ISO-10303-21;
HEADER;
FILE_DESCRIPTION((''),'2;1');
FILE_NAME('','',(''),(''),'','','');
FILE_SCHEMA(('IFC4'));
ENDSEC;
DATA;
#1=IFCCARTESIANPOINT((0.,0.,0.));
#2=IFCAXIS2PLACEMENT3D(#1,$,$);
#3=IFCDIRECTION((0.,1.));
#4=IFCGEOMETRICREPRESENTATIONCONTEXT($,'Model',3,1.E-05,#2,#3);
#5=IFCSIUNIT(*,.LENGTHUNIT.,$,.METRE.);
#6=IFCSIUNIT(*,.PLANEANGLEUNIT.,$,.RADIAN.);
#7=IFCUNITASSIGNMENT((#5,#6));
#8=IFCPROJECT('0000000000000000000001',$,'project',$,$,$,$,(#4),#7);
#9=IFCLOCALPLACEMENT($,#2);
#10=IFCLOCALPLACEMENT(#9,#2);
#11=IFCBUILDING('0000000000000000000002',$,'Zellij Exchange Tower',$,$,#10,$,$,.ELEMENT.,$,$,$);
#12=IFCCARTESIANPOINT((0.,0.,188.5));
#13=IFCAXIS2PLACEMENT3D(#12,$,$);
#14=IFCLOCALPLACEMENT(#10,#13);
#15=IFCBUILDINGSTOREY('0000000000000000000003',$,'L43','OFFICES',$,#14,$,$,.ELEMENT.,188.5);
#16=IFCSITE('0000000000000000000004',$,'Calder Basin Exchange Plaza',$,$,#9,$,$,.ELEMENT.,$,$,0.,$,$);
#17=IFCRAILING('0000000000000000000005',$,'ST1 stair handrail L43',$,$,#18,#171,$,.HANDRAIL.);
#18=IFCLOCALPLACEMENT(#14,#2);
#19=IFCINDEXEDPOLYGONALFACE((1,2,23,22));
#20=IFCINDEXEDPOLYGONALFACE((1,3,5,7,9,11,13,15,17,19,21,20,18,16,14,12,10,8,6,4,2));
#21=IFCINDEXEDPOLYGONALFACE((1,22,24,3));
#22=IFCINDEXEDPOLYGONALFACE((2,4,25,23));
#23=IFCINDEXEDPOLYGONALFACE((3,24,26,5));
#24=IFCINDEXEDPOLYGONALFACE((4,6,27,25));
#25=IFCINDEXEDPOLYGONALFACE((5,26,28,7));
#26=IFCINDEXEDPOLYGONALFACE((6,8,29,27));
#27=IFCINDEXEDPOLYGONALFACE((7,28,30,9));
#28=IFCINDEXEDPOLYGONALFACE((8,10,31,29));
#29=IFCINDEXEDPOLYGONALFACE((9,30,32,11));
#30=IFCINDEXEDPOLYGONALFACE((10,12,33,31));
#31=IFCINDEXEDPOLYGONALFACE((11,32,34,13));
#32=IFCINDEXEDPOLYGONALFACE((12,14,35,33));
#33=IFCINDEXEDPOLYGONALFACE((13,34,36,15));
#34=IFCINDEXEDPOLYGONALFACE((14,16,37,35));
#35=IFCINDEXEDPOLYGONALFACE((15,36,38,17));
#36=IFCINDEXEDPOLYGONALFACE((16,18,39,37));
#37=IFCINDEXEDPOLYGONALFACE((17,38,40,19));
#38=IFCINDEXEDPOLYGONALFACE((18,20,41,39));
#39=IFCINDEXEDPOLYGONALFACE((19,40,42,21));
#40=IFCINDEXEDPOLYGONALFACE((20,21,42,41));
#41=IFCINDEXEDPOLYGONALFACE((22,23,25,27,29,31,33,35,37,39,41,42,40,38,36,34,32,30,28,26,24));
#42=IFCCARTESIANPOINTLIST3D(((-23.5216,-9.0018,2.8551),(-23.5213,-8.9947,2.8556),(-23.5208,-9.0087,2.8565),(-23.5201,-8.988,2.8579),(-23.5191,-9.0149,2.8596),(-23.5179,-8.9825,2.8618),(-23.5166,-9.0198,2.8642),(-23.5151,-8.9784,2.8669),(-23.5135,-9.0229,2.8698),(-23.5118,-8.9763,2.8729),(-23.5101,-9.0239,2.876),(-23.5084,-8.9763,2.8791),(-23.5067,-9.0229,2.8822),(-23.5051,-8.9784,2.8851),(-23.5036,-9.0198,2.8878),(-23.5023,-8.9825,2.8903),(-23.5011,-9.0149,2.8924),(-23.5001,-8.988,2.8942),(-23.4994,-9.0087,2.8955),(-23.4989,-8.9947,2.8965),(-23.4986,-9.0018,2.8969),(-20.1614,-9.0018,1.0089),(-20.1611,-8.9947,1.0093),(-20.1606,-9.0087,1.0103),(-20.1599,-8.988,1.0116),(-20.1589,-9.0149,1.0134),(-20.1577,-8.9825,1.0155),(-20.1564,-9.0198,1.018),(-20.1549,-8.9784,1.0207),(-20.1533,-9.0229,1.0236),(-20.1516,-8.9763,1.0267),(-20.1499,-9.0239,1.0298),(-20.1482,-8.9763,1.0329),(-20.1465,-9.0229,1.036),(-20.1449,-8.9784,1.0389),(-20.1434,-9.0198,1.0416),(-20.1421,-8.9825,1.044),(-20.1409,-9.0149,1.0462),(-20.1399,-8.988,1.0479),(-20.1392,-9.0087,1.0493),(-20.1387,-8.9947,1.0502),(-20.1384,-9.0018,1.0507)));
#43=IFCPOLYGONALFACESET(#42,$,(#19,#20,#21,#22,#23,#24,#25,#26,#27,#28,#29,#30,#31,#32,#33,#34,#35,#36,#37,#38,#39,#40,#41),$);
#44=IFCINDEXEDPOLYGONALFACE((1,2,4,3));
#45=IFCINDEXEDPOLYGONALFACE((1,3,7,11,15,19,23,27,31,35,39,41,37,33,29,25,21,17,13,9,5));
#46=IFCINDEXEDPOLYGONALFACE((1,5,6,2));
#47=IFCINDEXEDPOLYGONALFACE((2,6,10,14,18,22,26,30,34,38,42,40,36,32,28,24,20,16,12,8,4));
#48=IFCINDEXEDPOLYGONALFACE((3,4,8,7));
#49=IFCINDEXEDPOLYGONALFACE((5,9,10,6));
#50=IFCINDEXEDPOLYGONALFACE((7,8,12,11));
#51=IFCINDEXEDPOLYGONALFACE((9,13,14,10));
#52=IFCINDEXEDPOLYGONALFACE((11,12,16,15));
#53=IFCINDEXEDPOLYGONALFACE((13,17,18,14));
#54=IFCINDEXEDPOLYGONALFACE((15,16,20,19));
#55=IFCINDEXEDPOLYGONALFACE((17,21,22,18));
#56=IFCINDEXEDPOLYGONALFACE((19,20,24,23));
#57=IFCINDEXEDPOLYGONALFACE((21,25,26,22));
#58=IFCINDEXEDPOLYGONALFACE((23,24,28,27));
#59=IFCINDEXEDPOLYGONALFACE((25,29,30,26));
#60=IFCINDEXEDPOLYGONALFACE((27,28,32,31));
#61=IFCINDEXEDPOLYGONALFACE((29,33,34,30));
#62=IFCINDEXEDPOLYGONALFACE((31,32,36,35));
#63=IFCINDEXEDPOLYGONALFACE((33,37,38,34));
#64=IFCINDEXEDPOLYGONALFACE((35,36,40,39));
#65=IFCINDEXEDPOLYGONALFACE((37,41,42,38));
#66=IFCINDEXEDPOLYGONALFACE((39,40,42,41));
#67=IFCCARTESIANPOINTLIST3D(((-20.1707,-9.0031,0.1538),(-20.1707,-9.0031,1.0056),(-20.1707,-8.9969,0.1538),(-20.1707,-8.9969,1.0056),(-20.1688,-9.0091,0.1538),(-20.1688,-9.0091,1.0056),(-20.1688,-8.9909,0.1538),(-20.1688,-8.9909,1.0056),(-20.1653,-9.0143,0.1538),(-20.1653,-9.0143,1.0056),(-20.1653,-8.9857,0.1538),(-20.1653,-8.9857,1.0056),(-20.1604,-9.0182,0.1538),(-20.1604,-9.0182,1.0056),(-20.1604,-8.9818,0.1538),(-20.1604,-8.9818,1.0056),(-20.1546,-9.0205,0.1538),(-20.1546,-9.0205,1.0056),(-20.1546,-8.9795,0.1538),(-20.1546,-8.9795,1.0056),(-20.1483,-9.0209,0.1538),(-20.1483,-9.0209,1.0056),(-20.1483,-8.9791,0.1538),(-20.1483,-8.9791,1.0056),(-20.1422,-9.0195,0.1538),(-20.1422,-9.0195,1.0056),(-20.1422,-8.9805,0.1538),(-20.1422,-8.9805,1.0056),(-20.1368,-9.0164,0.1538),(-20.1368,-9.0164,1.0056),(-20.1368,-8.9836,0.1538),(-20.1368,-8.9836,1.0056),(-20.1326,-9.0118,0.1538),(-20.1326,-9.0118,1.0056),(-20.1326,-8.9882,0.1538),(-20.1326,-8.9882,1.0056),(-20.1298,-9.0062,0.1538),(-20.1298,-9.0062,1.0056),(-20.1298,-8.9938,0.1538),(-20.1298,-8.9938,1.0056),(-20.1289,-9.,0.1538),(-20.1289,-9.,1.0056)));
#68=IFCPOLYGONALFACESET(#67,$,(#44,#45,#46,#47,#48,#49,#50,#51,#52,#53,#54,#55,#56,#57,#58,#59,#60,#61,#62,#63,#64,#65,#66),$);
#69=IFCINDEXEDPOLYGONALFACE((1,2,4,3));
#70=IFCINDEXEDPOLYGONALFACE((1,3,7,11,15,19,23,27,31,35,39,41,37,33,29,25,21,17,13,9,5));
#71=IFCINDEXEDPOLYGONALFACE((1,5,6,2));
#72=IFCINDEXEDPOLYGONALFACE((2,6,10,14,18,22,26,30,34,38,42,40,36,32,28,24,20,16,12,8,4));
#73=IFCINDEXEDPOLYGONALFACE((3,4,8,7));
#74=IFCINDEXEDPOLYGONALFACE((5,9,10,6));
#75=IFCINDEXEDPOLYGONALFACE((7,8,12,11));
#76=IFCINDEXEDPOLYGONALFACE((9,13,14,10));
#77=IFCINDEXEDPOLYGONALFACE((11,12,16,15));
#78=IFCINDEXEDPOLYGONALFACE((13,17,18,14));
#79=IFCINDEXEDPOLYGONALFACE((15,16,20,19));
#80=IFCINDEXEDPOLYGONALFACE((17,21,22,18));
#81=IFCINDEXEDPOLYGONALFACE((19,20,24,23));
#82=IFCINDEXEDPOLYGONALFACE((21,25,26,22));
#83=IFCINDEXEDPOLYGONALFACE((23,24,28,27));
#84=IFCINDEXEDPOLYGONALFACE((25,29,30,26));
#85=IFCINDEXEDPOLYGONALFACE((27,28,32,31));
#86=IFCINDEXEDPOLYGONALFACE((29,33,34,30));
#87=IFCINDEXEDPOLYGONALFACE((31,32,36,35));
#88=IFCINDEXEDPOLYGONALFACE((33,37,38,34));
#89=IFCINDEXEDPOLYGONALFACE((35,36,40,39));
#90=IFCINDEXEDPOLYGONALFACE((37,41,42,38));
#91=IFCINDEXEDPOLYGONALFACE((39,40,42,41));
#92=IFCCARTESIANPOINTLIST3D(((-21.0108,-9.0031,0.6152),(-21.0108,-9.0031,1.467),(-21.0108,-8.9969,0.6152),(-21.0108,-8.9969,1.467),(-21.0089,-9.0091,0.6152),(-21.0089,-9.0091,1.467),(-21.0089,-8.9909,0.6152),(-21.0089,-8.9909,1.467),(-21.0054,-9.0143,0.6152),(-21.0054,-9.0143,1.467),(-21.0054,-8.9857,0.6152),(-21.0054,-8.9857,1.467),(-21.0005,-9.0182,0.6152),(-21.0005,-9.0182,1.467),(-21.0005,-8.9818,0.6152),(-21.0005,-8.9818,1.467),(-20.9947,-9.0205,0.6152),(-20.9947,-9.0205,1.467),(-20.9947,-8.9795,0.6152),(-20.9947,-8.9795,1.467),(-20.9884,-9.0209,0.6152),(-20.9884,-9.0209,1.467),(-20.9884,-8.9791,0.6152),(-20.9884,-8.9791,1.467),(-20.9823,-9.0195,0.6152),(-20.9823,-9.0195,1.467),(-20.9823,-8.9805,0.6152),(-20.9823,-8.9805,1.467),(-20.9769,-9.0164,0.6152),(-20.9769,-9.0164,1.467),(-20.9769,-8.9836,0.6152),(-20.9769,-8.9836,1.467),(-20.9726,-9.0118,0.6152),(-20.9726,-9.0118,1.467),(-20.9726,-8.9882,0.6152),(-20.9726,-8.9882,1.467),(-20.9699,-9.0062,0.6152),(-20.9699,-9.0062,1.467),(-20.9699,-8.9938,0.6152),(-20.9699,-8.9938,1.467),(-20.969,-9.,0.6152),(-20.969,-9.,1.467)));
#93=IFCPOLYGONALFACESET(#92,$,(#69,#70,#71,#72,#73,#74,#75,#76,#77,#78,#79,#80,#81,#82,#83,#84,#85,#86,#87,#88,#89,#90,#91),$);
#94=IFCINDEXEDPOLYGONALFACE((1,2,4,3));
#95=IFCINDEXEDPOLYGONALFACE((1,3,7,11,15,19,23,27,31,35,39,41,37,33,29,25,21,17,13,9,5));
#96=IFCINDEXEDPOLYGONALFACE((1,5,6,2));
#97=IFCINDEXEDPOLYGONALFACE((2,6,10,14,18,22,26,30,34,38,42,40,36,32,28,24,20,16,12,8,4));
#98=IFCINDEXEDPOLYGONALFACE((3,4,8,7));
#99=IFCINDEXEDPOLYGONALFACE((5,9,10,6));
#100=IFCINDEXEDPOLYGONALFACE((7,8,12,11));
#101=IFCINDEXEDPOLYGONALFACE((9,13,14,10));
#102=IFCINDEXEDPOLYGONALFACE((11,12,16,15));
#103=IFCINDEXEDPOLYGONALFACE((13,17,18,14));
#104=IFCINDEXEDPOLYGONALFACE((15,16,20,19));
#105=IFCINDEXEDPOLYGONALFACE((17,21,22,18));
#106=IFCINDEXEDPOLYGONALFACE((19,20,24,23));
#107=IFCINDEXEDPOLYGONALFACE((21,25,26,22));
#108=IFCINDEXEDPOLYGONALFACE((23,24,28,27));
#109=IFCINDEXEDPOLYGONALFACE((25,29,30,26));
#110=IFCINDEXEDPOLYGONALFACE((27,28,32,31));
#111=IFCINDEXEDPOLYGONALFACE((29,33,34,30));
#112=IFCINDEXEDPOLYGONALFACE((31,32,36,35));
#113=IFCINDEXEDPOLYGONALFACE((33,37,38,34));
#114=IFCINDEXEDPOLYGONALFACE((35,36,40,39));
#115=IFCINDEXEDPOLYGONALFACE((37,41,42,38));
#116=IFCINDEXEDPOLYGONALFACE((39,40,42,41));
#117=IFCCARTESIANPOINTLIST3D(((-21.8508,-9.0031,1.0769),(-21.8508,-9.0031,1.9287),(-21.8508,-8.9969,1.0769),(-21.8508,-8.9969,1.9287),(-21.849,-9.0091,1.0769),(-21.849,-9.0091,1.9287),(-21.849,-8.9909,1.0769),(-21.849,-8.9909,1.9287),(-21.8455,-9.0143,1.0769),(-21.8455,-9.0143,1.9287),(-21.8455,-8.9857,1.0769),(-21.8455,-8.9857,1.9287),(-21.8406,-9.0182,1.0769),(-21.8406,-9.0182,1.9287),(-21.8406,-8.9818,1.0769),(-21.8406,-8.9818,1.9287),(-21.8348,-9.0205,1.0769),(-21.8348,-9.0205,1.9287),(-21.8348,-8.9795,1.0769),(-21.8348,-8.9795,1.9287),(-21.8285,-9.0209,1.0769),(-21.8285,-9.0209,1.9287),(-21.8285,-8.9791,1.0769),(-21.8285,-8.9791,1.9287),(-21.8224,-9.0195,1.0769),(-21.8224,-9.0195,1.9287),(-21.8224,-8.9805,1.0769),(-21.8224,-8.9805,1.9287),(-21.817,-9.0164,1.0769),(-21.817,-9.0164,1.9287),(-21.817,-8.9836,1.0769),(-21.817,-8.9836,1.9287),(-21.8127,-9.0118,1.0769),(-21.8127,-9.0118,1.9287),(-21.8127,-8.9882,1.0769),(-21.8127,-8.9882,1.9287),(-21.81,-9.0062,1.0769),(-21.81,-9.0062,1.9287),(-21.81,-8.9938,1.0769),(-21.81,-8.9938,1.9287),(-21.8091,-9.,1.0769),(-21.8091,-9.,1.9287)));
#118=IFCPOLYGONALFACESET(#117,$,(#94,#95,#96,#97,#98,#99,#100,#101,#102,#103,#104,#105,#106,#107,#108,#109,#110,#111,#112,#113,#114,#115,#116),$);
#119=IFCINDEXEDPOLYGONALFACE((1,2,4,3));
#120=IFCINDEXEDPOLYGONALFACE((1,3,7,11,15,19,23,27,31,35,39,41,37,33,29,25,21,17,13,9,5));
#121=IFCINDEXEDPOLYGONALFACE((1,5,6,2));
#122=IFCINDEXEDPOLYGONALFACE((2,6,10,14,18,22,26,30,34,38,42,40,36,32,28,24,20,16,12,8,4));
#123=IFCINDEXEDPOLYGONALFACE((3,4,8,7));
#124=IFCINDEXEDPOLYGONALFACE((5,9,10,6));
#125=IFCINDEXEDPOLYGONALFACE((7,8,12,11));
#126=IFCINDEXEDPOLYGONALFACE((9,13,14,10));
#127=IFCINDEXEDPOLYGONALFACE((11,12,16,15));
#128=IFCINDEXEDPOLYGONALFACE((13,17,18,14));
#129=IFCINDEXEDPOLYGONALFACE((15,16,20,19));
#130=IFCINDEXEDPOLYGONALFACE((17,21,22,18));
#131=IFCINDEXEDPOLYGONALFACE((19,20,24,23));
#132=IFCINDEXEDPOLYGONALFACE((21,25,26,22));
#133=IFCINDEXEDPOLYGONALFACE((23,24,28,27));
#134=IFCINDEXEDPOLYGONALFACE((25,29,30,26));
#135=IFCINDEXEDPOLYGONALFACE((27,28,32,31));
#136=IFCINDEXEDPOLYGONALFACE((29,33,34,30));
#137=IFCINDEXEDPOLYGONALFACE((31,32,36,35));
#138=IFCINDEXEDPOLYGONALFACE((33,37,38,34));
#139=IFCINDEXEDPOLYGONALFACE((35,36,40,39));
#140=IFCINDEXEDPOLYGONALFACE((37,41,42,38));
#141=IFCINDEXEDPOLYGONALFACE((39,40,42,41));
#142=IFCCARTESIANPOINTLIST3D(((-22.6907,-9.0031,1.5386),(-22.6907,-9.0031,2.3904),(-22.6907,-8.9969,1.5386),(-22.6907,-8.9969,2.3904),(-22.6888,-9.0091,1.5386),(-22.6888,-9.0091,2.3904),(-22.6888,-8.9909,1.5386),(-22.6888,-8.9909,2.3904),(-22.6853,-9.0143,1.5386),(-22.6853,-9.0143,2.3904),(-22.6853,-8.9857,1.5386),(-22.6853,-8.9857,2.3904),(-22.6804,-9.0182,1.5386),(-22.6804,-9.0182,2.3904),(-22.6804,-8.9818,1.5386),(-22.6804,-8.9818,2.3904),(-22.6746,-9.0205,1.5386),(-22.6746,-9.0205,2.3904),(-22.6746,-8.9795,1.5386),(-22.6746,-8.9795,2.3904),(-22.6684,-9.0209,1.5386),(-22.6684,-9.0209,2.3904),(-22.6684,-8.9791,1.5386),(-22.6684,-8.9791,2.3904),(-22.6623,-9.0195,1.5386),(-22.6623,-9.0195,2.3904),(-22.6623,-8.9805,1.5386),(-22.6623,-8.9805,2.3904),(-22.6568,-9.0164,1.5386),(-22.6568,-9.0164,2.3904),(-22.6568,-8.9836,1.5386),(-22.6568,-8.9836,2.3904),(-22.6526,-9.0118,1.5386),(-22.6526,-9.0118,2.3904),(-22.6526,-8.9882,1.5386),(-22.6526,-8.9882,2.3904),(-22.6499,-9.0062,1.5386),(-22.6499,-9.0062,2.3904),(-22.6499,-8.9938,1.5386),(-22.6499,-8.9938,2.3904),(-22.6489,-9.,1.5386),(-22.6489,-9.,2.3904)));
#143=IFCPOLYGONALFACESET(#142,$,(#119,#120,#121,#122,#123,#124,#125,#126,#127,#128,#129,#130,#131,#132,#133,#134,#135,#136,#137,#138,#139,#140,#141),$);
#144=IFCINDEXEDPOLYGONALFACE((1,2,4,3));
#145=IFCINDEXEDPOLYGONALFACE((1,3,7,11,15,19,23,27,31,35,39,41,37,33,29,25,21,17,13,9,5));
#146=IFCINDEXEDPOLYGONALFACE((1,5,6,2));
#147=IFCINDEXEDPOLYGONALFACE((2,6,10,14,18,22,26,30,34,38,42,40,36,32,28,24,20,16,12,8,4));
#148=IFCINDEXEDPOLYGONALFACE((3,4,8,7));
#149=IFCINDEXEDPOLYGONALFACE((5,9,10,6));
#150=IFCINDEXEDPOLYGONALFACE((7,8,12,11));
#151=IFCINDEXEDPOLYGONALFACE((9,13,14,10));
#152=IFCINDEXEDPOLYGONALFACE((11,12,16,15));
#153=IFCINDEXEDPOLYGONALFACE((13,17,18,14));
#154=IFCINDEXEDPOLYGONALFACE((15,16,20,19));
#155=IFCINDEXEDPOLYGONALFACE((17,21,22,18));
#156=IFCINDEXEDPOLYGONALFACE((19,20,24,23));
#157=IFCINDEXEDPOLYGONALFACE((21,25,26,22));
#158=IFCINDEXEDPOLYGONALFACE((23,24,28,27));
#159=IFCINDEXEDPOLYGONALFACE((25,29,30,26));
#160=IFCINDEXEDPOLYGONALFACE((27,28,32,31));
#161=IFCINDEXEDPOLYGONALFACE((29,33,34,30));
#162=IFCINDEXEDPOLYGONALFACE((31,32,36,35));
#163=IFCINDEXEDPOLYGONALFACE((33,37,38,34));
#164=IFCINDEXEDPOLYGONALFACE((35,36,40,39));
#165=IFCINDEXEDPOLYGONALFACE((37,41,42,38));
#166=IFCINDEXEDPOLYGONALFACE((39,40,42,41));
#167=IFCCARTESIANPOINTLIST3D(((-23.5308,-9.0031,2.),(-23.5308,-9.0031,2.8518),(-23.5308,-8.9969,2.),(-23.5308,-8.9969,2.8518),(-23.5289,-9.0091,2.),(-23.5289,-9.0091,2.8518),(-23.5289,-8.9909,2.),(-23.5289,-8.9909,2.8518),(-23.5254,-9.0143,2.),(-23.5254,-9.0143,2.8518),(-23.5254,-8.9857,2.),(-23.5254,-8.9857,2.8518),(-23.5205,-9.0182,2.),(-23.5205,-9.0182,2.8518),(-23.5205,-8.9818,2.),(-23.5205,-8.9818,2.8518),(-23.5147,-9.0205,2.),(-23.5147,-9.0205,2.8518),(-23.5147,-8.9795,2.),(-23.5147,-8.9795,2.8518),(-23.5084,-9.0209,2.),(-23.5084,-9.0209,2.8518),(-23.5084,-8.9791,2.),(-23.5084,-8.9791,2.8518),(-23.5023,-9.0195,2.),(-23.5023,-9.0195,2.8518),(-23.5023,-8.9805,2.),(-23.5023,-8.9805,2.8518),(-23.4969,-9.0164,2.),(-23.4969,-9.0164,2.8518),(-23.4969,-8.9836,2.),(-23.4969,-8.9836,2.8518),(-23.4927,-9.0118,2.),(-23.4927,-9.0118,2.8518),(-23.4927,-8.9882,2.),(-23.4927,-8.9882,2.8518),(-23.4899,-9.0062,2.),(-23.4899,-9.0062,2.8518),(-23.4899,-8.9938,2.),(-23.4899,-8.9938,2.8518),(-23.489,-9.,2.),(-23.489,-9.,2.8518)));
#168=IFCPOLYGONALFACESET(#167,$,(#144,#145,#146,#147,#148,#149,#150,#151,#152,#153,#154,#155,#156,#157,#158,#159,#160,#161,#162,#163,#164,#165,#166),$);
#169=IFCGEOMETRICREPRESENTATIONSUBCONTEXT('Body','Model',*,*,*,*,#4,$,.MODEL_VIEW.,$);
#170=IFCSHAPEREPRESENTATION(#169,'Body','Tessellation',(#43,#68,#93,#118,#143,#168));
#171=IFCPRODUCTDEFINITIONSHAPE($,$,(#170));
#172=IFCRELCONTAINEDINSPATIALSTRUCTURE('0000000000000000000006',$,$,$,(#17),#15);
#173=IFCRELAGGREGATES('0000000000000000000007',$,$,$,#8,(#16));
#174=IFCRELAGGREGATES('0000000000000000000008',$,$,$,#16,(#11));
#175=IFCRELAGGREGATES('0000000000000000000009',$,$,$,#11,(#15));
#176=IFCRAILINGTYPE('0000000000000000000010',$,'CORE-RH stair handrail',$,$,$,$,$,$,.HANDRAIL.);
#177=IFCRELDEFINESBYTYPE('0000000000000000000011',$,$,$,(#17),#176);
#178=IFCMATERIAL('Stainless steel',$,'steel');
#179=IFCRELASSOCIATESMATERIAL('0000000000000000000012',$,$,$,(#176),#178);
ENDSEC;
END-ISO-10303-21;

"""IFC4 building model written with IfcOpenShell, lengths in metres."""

from ifc_helpers import new_model, si_unit, direction, frame, origin, origin_2d, place, context, subcontext, project, spatial, circle, extrude, material, type_object, element, save


model = new_model("IFC4")

# Units and contexts
model_context = context("Model", 3, precision=1e-05, world=origin(), true_north=direction((0.0, 1.0)))
body_context = subcontext(model_context, "Body", "Model", "MODEL_VIEW")
ifc_project = project(units=[si_unit("LENGTHUNIT", "METRE"), si_unit("PLANEANGLEUNIT", "RADIAN")], contexts=[model_context])

# Site, building, storey
site_placement = place(None, origin())
site = spatial("IfcSite", under=ifc_project, at=site_placement, Name="Calder Basin Exchange Plaza", CompositionType="ELEMENT", RefElevation=0.0)
building_placement = place(site_placement, origin())
building = spatial("IfcBuilding", under=site, at=building_placement, Name="Zellij Exchange Tower", CompositionType="ELEMENT")
storey_placement = place(building_placement, frame((0.0, 0.0, 188.5)))
storey = spatial("IfcBuildingStorey", under=building, at=storey_placement, Name="L43", Description="OFFICES", CompositionType="ELEMENT", Elevation=188.5)

# Railing
ifc_material_1 = material(Name="Stainless steel", Category="steel")
railing_type = type_object("IfcRailingType", Name="CORE-RH stair handrail", PredefinedType="HANDRAIL", material=ifc_material_1)
railing_placement = place(storey_placement, frame((-20.1499, -9.0, 0.1538)))
element("IfcRailing", 1, at=railing_placement, inside=storey, type_object=railing_type, Name="ST1 stair handrail L43", PredefinedType="HANDRAIL", context=body_context, shape_type="SweptSolid", body=[
    extrude(circle(Radius=0.0239, at=origin_2d()), frame((0.0, 0.0, 0.876), z_axis=(-0.876422, 0.0, 0.481545), x_axis=(0.0, -1.0, 0.0)), (0.0, 0.0, 1.0), 3.834),
    extrude(circle(Radius=0.021, at=origin_2d()), origin(), (0.0, 0.0, 1.0), 0.8518),
    extrude(circle(Radius=0.021, at=origin_2d()), frame((-0.8401, 0.0, 0.4614)), (0.0, 0.0, 1.0), 0.8518),
    extrude(circle(Radius=0.021, at=origin_2d()), frame((-1.6802, 0.0, 0.9231)), (0.0, 0.0, 1.0), 0.8518),
    extrude(circle(Radius=0.021, at=origin_2d()), frame((-2.52, 0.0, 1.3848)), (0.0, 0.0, 1.0), 0.8518),
    extrude(circle(Radius=0.021, at=origin_2d()), frame((-3.3601, 0.0, 1.8462)), (0.0, 0.0, 1.0), 0.8518),
])

save(model, "model.ifc")
